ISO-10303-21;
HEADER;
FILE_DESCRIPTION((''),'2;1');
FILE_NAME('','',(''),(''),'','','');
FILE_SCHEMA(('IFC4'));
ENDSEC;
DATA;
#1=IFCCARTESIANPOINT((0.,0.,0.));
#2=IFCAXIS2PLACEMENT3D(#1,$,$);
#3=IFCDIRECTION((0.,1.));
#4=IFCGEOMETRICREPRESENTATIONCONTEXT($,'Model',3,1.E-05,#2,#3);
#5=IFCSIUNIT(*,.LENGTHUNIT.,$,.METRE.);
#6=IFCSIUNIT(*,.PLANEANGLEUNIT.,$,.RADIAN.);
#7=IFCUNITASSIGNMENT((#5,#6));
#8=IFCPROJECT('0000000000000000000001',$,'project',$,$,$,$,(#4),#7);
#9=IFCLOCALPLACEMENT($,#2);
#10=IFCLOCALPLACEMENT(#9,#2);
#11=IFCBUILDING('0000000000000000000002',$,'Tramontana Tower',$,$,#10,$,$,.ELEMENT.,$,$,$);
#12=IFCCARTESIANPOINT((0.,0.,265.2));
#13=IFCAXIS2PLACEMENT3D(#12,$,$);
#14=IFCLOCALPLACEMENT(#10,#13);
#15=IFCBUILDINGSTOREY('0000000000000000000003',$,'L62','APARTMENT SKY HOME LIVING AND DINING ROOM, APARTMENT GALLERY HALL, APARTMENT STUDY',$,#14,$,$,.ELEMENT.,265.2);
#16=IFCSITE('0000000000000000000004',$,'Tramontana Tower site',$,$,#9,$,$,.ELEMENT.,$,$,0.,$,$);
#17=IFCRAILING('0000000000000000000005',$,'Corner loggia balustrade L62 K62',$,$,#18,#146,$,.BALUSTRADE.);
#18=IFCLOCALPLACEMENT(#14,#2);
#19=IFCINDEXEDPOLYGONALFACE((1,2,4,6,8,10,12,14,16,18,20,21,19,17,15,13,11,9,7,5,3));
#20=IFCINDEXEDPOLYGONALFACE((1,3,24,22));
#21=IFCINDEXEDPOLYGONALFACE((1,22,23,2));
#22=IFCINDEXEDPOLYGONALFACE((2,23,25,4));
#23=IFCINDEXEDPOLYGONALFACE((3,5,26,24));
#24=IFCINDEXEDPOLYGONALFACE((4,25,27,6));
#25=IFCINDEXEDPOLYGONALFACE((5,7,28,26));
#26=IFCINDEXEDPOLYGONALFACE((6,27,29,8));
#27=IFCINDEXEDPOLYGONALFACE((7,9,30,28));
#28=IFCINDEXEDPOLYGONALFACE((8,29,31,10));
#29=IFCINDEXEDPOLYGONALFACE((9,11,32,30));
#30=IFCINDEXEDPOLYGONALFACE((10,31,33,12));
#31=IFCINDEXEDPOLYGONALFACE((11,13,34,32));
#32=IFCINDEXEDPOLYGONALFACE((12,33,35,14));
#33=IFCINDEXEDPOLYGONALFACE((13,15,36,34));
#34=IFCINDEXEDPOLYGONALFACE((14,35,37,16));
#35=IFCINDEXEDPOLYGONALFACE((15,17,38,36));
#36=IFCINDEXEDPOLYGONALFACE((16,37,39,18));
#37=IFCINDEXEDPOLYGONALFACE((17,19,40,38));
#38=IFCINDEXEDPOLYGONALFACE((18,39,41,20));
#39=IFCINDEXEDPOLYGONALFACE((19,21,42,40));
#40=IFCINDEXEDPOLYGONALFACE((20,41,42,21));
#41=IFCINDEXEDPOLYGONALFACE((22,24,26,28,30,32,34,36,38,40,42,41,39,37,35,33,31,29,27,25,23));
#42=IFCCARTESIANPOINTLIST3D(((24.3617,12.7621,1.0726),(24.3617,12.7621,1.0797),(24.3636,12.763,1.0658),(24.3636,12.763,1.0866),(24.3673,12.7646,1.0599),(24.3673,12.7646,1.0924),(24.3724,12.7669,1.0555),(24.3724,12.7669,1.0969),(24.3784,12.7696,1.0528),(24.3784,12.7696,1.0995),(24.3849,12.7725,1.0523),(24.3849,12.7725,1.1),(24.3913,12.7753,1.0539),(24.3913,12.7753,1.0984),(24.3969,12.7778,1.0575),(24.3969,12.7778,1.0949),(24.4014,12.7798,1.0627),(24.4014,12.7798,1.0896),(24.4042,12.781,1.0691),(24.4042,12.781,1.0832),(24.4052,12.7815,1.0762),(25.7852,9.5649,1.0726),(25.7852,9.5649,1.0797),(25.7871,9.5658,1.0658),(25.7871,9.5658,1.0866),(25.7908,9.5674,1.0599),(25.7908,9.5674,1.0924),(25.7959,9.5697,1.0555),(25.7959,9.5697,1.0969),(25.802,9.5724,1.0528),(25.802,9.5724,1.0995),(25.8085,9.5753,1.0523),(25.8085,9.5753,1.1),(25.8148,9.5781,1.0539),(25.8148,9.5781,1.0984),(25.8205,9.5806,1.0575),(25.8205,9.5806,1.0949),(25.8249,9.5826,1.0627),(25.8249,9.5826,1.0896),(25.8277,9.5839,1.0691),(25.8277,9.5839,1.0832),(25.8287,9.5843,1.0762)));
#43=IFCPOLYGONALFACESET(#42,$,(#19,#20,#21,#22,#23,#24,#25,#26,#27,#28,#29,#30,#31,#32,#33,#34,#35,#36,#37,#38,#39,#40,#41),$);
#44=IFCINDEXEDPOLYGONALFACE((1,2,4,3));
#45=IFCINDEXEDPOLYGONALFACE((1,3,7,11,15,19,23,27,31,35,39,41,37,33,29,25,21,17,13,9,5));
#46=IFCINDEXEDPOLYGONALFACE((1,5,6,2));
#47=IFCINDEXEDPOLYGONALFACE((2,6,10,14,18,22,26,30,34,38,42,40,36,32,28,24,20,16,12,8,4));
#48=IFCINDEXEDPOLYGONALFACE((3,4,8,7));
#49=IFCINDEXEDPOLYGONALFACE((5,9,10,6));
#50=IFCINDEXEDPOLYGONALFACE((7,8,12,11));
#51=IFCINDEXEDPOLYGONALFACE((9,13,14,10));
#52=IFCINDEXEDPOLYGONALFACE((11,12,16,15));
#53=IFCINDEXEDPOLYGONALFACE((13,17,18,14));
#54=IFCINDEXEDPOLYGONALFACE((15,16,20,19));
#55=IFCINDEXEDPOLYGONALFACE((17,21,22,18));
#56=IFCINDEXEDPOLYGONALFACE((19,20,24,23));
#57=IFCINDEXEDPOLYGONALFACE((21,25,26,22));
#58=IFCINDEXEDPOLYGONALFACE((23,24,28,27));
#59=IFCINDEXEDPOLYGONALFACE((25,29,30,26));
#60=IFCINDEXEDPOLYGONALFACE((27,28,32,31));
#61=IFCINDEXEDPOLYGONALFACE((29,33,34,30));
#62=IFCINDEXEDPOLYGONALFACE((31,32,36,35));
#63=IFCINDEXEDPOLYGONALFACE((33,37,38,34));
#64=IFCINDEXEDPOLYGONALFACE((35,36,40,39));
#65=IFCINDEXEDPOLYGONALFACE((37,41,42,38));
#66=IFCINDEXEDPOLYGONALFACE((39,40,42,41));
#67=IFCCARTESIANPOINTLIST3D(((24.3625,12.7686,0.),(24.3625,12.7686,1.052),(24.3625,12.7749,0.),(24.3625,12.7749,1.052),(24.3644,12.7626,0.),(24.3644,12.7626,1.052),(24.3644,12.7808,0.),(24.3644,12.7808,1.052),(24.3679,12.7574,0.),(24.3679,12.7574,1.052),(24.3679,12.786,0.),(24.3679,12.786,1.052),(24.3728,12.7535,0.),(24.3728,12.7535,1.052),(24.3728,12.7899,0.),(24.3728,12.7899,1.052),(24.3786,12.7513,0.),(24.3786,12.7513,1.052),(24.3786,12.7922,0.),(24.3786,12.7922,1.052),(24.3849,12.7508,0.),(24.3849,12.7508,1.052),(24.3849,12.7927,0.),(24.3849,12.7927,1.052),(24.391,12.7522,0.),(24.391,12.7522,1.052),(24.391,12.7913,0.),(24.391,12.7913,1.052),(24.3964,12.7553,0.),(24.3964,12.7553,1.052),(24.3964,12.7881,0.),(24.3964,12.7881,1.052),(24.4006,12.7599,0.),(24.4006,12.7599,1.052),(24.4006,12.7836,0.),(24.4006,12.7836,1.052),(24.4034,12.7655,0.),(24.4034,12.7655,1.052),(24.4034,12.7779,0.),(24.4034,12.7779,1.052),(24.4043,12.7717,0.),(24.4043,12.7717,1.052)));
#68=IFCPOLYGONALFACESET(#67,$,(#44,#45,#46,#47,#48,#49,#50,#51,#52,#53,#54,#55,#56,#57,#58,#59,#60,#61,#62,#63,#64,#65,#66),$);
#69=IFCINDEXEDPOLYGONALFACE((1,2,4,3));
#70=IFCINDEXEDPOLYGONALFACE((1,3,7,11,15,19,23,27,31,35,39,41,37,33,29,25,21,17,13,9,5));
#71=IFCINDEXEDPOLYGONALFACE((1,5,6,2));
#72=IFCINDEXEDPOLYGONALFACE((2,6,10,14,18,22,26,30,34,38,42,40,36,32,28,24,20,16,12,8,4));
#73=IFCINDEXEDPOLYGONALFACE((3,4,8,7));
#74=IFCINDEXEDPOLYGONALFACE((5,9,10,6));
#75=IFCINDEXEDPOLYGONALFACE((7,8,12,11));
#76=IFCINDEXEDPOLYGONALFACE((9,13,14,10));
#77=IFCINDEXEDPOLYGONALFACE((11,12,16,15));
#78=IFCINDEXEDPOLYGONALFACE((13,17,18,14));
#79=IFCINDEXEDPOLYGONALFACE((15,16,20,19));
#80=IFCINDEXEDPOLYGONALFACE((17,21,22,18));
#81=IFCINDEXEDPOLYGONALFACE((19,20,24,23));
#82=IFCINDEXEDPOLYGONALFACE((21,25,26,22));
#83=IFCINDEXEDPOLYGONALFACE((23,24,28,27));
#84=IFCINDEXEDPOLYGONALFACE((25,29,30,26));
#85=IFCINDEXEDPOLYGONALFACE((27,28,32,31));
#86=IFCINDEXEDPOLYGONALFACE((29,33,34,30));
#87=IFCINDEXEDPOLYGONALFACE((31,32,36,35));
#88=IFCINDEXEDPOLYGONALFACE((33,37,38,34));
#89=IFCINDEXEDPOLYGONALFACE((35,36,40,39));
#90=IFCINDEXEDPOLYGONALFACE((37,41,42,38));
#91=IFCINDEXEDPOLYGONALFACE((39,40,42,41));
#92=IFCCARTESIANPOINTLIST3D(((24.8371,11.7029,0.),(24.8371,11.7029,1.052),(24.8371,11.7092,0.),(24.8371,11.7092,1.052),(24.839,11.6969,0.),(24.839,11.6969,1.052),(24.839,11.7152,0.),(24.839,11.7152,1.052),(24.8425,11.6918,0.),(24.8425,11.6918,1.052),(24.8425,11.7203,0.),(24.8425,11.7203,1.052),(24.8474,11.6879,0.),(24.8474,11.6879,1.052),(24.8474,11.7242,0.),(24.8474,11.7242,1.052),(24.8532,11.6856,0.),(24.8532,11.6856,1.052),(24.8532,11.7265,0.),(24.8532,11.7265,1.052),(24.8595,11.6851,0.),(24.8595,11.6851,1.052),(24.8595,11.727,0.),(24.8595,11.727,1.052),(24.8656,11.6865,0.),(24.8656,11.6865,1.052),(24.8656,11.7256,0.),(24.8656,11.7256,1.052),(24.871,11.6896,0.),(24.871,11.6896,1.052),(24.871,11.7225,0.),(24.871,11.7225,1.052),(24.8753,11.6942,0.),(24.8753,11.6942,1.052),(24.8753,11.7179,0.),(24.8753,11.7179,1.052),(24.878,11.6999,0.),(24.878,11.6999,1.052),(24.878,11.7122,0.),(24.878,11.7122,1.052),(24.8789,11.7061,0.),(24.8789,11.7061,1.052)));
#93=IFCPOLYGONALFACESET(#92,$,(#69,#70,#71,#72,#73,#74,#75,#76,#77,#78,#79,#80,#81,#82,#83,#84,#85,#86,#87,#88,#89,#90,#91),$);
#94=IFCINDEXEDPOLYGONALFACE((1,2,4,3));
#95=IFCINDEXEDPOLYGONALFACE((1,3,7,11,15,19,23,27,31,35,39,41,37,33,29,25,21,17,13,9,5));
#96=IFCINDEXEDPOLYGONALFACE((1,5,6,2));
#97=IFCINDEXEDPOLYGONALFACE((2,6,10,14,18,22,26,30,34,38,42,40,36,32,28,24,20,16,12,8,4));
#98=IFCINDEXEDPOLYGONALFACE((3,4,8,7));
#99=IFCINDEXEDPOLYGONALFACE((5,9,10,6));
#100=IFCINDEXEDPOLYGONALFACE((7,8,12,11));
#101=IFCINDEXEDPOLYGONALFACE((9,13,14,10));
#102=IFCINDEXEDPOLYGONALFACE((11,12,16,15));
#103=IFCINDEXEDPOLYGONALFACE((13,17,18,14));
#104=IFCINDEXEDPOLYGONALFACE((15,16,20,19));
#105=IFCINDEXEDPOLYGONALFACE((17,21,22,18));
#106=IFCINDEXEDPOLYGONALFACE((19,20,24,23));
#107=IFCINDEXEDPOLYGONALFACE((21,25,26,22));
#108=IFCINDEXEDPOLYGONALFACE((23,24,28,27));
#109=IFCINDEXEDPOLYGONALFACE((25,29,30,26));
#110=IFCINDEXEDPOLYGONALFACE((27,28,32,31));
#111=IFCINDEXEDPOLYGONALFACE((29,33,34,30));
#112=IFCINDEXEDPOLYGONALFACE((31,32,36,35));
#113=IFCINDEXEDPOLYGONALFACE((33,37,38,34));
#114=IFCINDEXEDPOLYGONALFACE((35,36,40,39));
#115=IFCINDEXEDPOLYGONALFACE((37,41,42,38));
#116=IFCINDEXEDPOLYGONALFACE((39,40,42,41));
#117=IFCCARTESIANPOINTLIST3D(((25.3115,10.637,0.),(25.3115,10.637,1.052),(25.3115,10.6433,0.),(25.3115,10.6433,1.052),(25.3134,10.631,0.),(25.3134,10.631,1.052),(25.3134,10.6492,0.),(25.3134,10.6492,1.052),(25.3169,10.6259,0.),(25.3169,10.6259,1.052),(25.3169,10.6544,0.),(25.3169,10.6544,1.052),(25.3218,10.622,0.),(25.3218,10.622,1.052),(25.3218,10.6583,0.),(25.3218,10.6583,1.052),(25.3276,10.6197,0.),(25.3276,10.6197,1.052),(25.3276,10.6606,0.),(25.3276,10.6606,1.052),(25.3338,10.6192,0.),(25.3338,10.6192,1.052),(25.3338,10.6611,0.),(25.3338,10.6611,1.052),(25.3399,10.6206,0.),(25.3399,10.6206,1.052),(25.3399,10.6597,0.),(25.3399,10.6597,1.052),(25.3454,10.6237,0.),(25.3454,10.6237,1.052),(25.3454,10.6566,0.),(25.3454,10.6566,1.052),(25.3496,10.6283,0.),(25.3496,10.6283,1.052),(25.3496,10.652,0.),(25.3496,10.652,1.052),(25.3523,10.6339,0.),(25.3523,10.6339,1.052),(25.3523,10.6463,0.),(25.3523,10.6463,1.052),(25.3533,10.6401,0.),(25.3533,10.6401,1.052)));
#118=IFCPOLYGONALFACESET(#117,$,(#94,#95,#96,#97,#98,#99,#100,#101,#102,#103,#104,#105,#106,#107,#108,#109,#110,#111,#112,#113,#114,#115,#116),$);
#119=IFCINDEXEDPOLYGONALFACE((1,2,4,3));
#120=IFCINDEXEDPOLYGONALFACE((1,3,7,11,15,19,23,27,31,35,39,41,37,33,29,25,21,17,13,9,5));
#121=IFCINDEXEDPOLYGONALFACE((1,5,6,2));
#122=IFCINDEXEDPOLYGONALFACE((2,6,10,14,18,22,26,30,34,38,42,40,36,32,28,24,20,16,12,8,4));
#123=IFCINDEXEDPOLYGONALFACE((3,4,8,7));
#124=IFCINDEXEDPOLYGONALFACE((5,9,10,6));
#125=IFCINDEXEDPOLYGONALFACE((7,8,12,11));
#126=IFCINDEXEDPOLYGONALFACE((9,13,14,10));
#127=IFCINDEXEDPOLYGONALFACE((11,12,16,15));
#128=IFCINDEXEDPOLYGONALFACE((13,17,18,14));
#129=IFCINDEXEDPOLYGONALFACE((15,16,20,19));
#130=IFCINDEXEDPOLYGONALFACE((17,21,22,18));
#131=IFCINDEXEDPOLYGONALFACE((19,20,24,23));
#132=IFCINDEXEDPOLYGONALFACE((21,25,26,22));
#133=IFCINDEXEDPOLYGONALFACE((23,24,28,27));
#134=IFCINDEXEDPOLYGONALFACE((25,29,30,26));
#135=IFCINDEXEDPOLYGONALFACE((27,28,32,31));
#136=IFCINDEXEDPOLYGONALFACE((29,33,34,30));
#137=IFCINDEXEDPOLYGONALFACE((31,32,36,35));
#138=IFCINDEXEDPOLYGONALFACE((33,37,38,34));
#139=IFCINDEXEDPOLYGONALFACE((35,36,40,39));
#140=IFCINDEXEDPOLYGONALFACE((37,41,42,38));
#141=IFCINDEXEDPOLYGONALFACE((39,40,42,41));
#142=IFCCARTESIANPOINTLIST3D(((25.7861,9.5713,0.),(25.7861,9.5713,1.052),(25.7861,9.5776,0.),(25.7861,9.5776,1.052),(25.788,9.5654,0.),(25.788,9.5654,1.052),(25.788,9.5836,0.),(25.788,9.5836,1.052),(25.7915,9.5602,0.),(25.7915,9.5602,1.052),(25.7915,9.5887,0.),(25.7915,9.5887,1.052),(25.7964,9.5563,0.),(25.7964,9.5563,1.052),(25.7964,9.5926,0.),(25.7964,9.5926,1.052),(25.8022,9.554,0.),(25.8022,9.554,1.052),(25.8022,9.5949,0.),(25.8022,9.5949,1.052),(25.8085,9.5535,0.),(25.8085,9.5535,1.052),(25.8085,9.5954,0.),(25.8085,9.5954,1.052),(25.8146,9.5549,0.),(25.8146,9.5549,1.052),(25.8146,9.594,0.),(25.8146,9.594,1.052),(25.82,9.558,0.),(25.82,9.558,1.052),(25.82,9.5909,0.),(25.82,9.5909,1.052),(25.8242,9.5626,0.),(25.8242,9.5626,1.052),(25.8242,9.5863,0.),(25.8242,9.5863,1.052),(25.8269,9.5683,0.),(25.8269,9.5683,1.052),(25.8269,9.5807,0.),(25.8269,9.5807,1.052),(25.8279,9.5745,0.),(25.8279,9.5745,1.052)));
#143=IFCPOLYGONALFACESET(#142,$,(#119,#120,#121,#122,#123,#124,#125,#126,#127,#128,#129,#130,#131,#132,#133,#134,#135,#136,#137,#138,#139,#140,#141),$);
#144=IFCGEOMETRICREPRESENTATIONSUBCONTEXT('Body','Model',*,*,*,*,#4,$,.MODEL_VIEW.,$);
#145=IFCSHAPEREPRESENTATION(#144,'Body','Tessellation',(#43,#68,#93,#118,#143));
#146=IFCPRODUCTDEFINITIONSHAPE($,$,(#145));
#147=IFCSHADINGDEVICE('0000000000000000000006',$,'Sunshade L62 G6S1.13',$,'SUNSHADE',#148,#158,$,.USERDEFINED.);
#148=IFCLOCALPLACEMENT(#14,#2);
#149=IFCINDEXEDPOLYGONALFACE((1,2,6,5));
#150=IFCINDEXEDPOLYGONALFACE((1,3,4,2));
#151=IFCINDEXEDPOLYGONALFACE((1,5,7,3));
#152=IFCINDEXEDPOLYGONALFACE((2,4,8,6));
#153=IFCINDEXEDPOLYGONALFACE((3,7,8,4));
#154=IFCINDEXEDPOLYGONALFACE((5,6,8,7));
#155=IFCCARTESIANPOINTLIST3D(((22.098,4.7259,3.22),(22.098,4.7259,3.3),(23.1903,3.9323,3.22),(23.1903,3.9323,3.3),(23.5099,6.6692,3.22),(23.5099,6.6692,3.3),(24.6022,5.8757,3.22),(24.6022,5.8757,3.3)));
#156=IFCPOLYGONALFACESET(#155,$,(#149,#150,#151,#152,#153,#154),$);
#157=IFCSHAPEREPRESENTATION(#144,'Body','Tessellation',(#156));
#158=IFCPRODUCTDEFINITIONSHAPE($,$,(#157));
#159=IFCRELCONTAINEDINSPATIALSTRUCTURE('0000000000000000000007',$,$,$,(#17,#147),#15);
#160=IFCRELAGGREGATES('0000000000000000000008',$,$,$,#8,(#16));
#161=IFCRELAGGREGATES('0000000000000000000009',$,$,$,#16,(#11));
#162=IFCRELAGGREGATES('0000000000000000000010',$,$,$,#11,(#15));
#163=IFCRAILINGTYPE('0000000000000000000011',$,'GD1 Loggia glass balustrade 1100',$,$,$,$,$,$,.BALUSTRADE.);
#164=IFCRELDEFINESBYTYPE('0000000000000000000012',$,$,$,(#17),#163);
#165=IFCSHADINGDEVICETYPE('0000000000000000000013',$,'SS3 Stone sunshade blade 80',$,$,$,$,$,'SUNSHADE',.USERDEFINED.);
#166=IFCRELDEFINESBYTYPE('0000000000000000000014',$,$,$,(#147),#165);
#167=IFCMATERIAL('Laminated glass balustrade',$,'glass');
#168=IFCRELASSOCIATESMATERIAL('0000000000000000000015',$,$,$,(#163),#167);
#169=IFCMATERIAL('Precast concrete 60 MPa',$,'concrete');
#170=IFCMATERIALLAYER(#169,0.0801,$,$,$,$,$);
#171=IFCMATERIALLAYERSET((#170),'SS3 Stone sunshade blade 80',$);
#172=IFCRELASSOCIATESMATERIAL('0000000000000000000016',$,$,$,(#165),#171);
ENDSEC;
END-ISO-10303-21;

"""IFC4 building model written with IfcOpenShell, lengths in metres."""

from ifc_helpers import new_model, si_unit, direction, frame, origin, origin_2d, place, context, subcontext, project, spatial, rectangle, circle, extrude, material, layer, layer_set, type_object, element, save


model = new_model("IFC4")

# Units and contexts
model_context = context("Model", 3, precision=1e-05, world=origin(), true_north=direction((0.0, 1.0)))
body_context = subcontext(model_context, "Body", "Model", "MODEL_VIEW")
ifc_project = project(units=[si_unit("LENGTHUNIT", "METRE"), si_unit("PLANEANGLEUNIT", "RADIAN")], contexts=[model_context])

# Site, building, storey
site_placement = place(None, origin())
site = spatial("IfcSite", under=ifc_project, at=site_placement, Name="Tramontana Tower site", CompositionType="ELEMENT", RefElevation=0.0)
building_placement = place(site_placement, origin())
building = spatial("IfcBuilding", under=site, at=building_placement, Name="Tramontana Tower", CompositionType="ELEMENT")
storey_placement = place(building_placement, frame((0.0, 0.0, 265.2)))
storey = spatial("IfcBuildingStorey", under=building, at=storey_placement, Name="L62", Description="APARTMENT SKY HOME LIVING AND DINING ROOM, APARTMENT GALLERY HALL, APARTMENT STUDY", CompositionType="ELEMENT", Elevation=265.2)

# Railing
ifc_material_1 = material(Name="Laminated glass balustrade", Category="glass")
railing_type = type_object("IfcRailingType", Name="GD1 Loggia glass balustrade 1100", PredefinedType="BALUSTRADE", material=ifc_material_1)
railing_1_placement = place(storey_placement, frame((24.3833, 12.7717, 0.0)))
element("IfcRailing", 1, at=railing_1_placement, inside=storey, type_object=railing_type, Name="Corner loggia balustrade L62 K62", PredefinedType="BALUSTRADE", context=body_context, shape_type="SweptSolid", body=[
    extrude(circle(Radius=0.0239, at=origin_2d()), frame((0.0, 0.0, 1.0762), z_axis=(0.406753, -0.913538, 0.0), x_axis=(0.913538, 0.406753, 0.0)), (0.0, 0.0, 1.0), 3.4998),
    extrude(circle(Radius=0.021, at=origin_2d()), origin(), (0.0, 0.0, 1.0), 1.052),
    extrude(circle(Radius=0.021, at=origin_2d()), frame((0.4746, -1.0657, 0.0)), (0.0, 0.0, 1.0), 1.052),
    extrude(circle(Radius=0.021, at=origin_2d()), frame((0.949, -2.1316, 0.0)), (0.0, 0.0, 1.0), 1.052),
    extrude(circle(Radius=0.021, at=origin_2d()), frame((1.4236, -3.1973, 0.0)), (0.0, 0.0, 1.0), 1.052),
])

# Shading device
ifc_material_2 = material(Name="Precast concrete 60 MPa", Category="concrete")
ifc_layer_1 = layer(ifc_material_2, 0.0801)
ifc_layer_set_1 = layer_set([ifc_layer_1], Name="SS3 Stone sunshade blade 80")
shading_device_type = type_object("IfcShadingDeviceType", Name="SS3 Stone sunshade blade 80", ElementType="SUNSHADE", PredefinedType="USERDEFINED", material=ifc_layer_set_1)
shading_device_placement = place(storey_placement, frame((23.3501, 5.3008, 3.22), z_axis=(0.0, 0.0, 1.0), x_axis=(0.587785, 0.809017, 0.0)))
element("IfcShadingDevice", 2, at=shading_device_placement, inside=storey, type_object=shading_device_type, Name="Sunshade L62 G6S1.13", ObjectType="SUNSHADE", PredefinedType="USERDEFINED", context=body_context, shape_type="SweptSolid", body=[
    extrude(rectangle(XDim=2.4021, YDim=1.3501, at=origin_2d()), origin(), (0.0, 0.0, 1.0), 0.0801),
])

save(model, "model.ifc")
